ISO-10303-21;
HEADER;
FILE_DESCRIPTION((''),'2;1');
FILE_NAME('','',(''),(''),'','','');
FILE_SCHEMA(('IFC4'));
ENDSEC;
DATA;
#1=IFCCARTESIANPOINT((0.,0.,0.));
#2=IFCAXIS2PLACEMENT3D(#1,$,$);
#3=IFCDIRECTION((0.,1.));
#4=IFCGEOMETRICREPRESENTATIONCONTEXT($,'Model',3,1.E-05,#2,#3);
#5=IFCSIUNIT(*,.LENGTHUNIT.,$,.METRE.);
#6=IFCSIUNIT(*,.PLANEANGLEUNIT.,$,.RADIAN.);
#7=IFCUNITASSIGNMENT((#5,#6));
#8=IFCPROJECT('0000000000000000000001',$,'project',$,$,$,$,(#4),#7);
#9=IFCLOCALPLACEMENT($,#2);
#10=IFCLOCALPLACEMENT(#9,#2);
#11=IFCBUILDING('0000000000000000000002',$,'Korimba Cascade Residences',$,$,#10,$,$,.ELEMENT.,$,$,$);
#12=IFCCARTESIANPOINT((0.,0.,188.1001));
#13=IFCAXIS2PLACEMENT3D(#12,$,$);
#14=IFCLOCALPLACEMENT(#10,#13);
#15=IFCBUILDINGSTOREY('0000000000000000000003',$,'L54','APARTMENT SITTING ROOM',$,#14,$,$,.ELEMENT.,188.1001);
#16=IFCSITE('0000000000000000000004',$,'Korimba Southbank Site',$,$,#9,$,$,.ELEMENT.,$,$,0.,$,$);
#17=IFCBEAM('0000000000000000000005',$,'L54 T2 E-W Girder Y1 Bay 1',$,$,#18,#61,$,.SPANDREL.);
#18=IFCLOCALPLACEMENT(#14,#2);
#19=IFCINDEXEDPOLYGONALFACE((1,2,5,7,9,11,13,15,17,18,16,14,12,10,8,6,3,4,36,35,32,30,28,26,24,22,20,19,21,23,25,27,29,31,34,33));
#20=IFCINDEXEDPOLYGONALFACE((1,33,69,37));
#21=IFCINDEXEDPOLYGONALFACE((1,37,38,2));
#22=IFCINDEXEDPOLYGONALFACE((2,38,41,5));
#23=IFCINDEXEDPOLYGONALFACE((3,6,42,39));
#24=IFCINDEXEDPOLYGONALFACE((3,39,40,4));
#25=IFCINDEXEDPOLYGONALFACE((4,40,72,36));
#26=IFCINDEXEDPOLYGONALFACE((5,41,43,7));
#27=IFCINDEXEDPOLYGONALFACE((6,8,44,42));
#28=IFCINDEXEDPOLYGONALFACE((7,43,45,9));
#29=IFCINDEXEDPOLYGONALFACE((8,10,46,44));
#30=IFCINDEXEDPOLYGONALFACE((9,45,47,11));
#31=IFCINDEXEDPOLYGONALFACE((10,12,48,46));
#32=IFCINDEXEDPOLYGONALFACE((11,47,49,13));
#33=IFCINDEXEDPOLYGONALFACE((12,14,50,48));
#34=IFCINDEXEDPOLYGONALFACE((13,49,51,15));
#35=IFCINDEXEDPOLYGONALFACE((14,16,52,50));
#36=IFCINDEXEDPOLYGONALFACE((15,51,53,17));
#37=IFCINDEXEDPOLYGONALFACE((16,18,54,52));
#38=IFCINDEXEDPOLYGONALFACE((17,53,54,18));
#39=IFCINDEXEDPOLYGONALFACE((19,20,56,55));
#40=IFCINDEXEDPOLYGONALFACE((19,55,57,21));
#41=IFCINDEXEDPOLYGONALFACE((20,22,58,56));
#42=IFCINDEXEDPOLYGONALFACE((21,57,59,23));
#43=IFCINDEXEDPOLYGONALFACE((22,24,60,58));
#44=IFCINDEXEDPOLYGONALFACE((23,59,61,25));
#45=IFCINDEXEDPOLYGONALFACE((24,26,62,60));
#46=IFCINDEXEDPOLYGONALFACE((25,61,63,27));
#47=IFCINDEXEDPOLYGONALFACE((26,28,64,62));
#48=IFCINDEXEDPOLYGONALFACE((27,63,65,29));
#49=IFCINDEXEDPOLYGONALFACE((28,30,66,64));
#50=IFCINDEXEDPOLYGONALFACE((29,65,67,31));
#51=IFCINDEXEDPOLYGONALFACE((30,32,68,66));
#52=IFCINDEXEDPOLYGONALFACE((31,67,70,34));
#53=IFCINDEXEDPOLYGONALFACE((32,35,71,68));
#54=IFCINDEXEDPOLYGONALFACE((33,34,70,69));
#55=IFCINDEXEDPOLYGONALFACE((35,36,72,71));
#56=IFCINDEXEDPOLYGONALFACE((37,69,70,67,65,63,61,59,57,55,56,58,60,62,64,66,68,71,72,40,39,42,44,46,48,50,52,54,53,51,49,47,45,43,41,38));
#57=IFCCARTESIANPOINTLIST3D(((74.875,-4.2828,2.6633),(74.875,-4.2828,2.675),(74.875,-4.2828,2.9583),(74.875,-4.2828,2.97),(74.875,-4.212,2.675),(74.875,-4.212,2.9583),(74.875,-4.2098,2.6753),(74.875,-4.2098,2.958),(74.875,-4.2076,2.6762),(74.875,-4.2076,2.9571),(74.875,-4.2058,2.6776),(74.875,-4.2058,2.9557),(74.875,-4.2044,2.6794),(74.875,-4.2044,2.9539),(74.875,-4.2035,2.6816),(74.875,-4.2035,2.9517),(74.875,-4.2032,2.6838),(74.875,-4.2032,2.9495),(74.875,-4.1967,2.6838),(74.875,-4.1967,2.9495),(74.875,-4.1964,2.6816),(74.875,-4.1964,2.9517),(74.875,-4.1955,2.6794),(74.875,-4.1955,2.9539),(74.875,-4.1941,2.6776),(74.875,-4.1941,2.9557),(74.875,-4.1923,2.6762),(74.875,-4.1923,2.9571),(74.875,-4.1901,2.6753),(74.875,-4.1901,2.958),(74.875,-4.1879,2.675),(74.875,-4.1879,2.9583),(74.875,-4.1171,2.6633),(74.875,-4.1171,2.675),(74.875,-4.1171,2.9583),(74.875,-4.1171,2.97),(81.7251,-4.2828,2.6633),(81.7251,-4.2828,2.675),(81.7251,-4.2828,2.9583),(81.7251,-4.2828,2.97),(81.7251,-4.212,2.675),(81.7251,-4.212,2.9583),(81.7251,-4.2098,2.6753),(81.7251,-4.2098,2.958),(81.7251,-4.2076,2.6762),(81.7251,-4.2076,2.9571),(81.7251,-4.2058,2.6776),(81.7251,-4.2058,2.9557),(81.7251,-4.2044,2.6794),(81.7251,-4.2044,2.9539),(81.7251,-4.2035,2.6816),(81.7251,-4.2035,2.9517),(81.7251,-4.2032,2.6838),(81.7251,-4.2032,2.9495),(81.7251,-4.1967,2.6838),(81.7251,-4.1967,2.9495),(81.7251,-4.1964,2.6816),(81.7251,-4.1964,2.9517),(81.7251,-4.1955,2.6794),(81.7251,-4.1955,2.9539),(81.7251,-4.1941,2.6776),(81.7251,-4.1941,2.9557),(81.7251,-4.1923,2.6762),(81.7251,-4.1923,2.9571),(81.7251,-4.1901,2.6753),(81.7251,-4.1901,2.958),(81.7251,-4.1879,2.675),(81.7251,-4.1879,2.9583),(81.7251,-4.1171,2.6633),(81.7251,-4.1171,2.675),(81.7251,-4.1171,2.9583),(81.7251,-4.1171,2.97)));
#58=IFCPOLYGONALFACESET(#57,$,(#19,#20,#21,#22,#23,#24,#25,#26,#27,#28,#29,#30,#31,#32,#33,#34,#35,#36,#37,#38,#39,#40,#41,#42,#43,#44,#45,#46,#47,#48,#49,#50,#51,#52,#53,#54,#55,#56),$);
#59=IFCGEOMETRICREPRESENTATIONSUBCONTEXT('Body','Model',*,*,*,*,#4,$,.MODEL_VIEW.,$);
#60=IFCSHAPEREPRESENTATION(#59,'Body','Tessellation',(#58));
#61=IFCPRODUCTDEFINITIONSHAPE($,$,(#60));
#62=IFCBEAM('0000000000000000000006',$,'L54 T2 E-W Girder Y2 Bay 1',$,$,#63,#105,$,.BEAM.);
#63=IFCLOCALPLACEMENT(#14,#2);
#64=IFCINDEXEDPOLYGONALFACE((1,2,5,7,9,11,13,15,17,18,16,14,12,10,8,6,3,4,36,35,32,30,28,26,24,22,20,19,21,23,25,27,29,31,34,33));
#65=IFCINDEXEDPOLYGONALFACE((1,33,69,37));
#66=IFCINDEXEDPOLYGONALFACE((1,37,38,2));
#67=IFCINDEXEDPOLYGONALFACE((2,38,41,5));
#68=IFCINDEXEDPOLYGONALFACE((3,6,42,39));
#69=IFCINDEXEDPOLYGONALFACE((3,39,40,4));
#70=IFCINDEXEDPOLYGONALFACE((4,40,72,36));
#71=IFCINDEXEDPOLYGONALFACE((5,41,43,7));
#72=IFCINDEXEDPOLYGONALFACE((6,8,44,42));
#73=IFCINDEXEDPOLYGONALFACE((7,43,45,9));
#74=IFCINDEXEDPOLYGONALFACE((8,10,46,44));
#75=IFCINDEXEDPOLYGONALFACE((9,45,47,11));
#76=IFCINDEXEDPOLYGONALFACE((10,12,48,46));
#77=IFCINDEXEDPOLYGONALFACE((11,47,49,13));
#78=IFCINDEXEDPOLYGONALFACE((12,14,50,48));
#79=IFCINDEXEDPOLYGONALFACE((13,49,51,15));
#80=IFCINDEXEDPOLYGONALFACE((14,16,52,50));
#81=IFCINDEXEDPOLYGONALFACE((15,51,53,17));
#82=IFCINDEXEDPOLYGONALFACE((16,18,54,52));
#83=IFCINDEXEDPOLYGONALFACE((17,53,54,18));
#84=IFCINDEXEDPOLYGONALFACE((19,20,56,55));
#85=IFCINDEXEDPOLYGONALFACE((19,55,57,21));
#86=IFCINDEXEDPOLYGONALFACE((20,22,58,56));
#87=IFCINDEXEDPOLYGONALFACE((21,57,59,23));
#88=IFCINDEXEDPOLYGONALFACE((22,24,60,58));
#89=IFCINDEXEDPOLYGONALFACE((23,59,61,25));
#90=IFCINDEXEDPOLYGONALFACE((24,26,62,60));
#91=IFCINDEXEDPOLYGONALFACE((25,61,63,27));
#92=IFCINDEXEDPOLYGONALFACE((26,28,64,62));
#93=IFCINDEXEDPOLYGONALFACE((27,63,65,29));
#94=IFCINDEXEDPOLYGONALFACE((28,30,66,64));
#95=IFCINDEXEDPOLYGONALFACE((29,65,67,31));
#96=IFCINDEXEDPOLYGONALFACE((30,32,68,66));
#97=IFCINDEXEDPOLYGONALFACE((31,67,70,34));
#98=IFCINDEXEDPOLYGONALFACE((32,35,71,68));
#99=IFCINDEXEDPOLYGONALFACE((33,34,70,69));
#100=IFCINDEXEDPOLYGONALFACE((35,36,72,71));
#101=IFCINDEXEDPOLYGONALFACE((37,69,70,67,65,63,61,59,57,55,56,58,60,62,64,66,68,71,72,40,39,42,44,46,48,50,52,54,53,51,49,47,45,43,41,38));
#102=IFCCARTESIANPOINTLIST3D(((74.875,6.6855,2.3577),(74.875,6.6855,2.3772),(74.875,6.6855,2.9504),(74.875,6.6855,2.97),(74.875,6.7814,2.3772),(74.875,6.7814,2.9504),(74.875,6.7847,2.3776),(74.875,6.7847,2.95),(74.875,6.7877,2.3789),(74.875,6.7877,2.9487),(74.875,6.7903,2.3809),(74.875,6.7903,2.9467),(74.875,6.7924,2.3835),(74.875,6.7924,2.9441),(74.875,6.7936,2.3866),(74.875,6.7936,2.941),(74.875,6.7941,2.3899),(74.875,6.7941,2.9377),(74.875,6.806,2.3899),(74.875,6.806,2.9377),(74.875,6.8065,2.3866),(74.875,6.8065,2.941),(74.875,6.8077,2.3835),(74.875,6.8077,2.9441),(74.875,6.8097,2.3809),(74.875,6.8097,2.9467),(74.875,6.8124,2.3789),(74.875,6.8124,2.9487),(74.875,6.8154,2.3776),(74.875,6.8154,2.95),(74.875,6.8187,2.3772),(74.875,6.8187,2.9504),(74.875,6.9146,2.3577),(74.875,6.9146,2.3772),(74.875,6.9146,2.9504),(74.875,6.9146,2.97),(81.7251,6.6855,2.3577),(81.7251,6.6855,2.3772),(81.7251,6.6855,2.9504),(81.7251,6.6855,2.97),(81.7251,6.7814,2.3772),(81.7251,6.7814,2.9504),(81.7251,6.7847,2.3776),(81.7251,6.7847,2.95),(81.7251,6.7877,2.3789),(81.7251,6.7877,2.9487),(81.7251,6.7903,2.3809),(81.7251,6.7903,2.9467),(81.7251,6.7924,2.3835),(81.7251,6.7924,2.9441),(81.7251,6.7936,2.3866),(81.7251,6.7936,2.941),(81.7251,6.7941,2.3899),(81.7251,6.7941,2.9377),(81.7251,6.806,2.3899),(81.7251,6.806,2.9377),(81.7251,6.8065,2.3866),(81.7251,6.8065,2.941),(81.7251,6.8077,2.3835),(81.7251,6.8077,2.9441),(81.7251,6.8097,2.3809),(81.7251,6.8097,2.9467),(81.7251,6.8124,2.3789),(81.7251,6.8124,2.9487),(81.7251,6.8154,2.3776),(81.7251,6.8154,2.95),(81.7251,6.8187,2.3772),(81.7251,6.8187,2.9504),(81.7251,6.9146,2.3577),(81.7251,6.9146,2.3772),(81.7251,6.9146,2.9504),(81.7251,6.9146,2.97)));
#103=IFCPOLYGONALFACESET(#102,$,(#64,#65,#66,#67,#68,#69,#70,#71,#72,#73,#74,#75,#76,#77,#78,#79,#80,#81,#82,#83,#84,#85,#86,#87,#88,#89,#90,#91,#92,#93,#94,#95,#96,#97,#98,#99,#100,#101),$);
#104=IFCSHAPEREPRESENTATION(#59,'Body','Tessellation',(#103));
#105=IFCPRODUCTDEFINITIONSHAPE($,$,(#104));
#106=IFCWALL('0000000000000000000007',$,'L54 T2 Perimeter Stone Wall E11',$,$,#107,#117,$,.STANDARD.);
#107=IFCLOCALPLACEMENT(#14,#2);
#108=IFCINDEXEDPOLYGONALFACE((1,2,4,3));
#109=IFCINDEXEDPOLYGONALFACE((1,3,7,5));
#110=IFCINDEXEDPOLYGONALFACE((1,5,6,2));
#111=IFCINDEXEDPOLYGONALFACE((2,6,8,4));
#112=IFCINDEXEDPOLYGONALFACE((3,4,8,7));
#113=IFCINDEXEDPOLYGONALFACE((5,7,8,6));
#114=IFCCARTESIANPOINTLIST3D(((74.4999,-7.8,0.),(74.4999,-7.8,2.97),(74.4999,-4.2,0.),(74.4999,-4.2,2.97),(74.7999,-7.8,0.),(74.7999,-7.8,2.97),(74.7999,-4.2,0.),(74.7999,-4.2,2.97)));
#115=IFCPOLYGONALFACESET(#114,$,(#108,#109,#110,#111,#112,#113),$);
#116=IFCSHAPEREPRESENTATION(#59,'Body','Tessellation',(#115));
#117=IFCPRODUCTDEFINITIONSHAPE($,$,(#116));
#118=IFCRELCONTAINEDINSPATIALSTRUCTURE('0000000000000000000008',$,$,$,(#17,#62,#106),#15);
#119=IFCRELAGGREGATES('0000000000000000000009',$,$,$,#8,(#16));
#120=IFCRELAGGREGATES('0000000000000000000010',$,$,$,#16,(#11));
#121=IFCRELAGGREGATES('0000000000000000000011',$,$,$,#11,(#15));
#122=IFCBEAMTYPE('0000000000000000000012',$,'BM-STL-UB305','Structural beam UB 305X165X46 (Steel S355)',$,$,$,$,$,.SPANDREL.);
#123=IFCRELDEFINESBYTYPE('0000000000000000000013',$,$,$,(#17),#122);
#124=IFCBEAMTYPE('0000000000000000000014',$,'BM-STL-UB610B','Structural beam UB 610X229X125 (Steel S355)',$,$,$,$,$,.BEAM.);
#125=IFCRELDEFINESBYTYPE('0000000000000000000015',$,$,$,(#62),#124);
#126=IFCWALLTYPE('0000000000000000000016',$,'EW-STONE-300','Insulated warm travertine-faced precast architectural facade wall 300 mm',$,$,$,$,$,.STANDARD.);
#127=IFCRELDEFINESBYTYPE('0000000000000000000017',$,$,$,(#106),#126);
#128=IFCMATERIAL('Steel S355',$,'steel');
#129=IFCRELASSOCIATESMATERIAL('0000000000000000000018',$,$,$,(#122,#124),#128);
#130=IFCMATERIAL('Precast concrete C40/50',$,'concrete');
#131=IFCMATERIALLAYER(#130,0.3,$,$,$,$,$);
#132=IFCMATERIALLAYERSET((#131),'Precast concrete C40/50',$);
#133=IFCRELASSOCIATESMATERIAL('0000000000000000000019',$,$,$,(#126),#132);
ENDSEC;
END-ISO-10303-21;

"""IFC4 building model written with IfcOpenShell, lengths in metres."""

from ifc_helpers import new_model, si_unit, direction, frame, frame_2d, origin, origin_2d, place, context, subcontext, project, spatial, rectangle, i_section, extrude, material, layer, layer_set, material_profile, profile_set, type_object, element, save


model = new_model("IFC4")

# Units and contexts
model_context = context("Model", 3, precision=1e-05, world=origin(), true_north=direction((0.0, 1.0)))
body_context = subcontext(model_context, "Body", "Model", "MODEL_VIEW")
ifc_project = project(units=[si_unit("LENGTHUNIT", "METRE"), si_unit("PLANEANGLEUNIT", "RADIAN")], contexts=[model_context])

# Site, building, storey
site_placement = place(None, origin())
site = spatial("IfcSite", under=ifc_project, at=site_placement, Name="Korimba Southbank Site", CompositionType="ELEMENT", RefElevation=0.0)
building_placement = place(site_placement, origin())
building = spatial("IfcBuilding", under=site, at=building_placement, Name="Korimba Cascade Residences", CompositionType="ELEMENT")
storey_placement = place(building_placement, frame((0.0, 0.0, 188.1001)))
storey = spatial("IfcBuildingStorey", under=building, at=storey_placement, Name="L54", Description="APARTMENT SITTING ROOM", CompositionType="ELEMENT", Elevation=188.1001)

# Beams
ifc_material_1 = material(Name="Steel S355", Category="steel")
ifc_material_profile_1 = material_profile(ifc_material_1, i_section(OverallWidth=0.1658, OverallDepth=0.3066, WebThickness=0.0066, FlangeThickness=0.0117, FilletRadius=0.0088, at=origin_2d()), Name="Steel S355")
ifc_profile_set_1 = profile_set([ifc_material_profile_1], Name="Steel S355")
beam_type_1 = type_object("IfcBeamType", Name="BM-STL-UB305", Description="Structural beam UB 305X165X46 (Steel S355)", PredefinedType="SPANDREL", material=ifc_profile_set_1)
beam_1_placement = place(storey_placement, frame((74.875, -4.2, 2.8167), z_axis=(1.0, 0.0, 0.0), x_axis=(0.0, 1.0, 0.0)))
element("IfcBeam", 1, at=beam_1_placement, inside=storey, type_object=beam_type_1, Name="L54 T2 E-W Girder Y1 Bay 1", PredefinedType="SPANDREL", context=body_context, shape_type="SweptSolid", body=[
    extrude(i_section(OverallWidth=0.1658, OverallDepth=0.3066, WebThickness=0.0066, FlangeThickness=0.0117, FilletRadius=0.0088, at=origin_2d()), origin(), (0.0, 0.0, 1.0), 6.8501),
])
ifc_material_profile_2 = material_profile(ifc_material_1, i_section(OverallWidth=0.229, OverallDepth=0.6123, WebThickness=0.012, FlangeThickness=0.0195, FilletRadius=0.0127, at=origin_2d()), Name="Steel S355")
ifc_profile_set_2 = profile_set([ifc_material_profile_2], Name="Steel S355")
beam_type_2 = type_object("IfcBeamType", Name="BM-STL-UB610B", Description="Structural beam UB 610X229X125 (Steel S355)", PredefinedType="BEAM", material=ifc_profile_set_2)
beam_2_placement = place(storey_placement, frame((74.875, 6.8, 2.6638), z_axis=(1.0, 0.0, 0.0), x_axis=(0.0, 1.0, 0.0)))
element("IfcBeam", 2, at=beam_2_placement, inside=storey, type_object=beam_type_2, Name="L54 T2 E-W Girder Y2 Bay 1", PredefinedType="BEAM", context=body_context, shape_type="SweptSolid", body=[
    extrude(i_section(OverallWidth=0.229, OverallDepth=0.6123, WebThickness=0.012, FlangeThickness=0.0195, FilletRadius=0.0127, at=origin_2d()), origin(), (0.0, 0.0, 1.0), 6.8501),
])

# Wall
ifc_material_2 = material(Name="Precast concrete C40/50", Category="concrete")
ifc_layer_1 = layer(ifc_material_2, 0.3)
ifc_layer_set_1 = layer_set([ifc_layer_1], Name="Precast concrete C40/50")
wall_type_1 = type_object("IfcWallType", Name="EW-STONE-300", Description="Insulated warm travertine-faced precast architectural facade wall 300 mm", PredefinedType="STANDARD", material=ifc_layer_set_1)
wall_1_placement = place(storey_placement, frame((74.6499, -4.2, 0.0), z_axis=(0.0, 0.0, 1.0), x_axis=(0.0, -1.0, 0.0)))
element("IfcWall", 3, at=wall_1_placement, inside=storey, type_object=wall_type_1, Name="L54 T2 Perimeter Stone Wall E11", PredefinedType="STANDARD", context=body_context, shape_type="SweptSolid", body=[
    extrude(rectangle(XDim=3.6001, YDim=0.3, at=frame_2d((1.8, 0.0))), origin(), (0.0, 0.0, 1.0), 2.97),
])

save(model, "model.ifc")
